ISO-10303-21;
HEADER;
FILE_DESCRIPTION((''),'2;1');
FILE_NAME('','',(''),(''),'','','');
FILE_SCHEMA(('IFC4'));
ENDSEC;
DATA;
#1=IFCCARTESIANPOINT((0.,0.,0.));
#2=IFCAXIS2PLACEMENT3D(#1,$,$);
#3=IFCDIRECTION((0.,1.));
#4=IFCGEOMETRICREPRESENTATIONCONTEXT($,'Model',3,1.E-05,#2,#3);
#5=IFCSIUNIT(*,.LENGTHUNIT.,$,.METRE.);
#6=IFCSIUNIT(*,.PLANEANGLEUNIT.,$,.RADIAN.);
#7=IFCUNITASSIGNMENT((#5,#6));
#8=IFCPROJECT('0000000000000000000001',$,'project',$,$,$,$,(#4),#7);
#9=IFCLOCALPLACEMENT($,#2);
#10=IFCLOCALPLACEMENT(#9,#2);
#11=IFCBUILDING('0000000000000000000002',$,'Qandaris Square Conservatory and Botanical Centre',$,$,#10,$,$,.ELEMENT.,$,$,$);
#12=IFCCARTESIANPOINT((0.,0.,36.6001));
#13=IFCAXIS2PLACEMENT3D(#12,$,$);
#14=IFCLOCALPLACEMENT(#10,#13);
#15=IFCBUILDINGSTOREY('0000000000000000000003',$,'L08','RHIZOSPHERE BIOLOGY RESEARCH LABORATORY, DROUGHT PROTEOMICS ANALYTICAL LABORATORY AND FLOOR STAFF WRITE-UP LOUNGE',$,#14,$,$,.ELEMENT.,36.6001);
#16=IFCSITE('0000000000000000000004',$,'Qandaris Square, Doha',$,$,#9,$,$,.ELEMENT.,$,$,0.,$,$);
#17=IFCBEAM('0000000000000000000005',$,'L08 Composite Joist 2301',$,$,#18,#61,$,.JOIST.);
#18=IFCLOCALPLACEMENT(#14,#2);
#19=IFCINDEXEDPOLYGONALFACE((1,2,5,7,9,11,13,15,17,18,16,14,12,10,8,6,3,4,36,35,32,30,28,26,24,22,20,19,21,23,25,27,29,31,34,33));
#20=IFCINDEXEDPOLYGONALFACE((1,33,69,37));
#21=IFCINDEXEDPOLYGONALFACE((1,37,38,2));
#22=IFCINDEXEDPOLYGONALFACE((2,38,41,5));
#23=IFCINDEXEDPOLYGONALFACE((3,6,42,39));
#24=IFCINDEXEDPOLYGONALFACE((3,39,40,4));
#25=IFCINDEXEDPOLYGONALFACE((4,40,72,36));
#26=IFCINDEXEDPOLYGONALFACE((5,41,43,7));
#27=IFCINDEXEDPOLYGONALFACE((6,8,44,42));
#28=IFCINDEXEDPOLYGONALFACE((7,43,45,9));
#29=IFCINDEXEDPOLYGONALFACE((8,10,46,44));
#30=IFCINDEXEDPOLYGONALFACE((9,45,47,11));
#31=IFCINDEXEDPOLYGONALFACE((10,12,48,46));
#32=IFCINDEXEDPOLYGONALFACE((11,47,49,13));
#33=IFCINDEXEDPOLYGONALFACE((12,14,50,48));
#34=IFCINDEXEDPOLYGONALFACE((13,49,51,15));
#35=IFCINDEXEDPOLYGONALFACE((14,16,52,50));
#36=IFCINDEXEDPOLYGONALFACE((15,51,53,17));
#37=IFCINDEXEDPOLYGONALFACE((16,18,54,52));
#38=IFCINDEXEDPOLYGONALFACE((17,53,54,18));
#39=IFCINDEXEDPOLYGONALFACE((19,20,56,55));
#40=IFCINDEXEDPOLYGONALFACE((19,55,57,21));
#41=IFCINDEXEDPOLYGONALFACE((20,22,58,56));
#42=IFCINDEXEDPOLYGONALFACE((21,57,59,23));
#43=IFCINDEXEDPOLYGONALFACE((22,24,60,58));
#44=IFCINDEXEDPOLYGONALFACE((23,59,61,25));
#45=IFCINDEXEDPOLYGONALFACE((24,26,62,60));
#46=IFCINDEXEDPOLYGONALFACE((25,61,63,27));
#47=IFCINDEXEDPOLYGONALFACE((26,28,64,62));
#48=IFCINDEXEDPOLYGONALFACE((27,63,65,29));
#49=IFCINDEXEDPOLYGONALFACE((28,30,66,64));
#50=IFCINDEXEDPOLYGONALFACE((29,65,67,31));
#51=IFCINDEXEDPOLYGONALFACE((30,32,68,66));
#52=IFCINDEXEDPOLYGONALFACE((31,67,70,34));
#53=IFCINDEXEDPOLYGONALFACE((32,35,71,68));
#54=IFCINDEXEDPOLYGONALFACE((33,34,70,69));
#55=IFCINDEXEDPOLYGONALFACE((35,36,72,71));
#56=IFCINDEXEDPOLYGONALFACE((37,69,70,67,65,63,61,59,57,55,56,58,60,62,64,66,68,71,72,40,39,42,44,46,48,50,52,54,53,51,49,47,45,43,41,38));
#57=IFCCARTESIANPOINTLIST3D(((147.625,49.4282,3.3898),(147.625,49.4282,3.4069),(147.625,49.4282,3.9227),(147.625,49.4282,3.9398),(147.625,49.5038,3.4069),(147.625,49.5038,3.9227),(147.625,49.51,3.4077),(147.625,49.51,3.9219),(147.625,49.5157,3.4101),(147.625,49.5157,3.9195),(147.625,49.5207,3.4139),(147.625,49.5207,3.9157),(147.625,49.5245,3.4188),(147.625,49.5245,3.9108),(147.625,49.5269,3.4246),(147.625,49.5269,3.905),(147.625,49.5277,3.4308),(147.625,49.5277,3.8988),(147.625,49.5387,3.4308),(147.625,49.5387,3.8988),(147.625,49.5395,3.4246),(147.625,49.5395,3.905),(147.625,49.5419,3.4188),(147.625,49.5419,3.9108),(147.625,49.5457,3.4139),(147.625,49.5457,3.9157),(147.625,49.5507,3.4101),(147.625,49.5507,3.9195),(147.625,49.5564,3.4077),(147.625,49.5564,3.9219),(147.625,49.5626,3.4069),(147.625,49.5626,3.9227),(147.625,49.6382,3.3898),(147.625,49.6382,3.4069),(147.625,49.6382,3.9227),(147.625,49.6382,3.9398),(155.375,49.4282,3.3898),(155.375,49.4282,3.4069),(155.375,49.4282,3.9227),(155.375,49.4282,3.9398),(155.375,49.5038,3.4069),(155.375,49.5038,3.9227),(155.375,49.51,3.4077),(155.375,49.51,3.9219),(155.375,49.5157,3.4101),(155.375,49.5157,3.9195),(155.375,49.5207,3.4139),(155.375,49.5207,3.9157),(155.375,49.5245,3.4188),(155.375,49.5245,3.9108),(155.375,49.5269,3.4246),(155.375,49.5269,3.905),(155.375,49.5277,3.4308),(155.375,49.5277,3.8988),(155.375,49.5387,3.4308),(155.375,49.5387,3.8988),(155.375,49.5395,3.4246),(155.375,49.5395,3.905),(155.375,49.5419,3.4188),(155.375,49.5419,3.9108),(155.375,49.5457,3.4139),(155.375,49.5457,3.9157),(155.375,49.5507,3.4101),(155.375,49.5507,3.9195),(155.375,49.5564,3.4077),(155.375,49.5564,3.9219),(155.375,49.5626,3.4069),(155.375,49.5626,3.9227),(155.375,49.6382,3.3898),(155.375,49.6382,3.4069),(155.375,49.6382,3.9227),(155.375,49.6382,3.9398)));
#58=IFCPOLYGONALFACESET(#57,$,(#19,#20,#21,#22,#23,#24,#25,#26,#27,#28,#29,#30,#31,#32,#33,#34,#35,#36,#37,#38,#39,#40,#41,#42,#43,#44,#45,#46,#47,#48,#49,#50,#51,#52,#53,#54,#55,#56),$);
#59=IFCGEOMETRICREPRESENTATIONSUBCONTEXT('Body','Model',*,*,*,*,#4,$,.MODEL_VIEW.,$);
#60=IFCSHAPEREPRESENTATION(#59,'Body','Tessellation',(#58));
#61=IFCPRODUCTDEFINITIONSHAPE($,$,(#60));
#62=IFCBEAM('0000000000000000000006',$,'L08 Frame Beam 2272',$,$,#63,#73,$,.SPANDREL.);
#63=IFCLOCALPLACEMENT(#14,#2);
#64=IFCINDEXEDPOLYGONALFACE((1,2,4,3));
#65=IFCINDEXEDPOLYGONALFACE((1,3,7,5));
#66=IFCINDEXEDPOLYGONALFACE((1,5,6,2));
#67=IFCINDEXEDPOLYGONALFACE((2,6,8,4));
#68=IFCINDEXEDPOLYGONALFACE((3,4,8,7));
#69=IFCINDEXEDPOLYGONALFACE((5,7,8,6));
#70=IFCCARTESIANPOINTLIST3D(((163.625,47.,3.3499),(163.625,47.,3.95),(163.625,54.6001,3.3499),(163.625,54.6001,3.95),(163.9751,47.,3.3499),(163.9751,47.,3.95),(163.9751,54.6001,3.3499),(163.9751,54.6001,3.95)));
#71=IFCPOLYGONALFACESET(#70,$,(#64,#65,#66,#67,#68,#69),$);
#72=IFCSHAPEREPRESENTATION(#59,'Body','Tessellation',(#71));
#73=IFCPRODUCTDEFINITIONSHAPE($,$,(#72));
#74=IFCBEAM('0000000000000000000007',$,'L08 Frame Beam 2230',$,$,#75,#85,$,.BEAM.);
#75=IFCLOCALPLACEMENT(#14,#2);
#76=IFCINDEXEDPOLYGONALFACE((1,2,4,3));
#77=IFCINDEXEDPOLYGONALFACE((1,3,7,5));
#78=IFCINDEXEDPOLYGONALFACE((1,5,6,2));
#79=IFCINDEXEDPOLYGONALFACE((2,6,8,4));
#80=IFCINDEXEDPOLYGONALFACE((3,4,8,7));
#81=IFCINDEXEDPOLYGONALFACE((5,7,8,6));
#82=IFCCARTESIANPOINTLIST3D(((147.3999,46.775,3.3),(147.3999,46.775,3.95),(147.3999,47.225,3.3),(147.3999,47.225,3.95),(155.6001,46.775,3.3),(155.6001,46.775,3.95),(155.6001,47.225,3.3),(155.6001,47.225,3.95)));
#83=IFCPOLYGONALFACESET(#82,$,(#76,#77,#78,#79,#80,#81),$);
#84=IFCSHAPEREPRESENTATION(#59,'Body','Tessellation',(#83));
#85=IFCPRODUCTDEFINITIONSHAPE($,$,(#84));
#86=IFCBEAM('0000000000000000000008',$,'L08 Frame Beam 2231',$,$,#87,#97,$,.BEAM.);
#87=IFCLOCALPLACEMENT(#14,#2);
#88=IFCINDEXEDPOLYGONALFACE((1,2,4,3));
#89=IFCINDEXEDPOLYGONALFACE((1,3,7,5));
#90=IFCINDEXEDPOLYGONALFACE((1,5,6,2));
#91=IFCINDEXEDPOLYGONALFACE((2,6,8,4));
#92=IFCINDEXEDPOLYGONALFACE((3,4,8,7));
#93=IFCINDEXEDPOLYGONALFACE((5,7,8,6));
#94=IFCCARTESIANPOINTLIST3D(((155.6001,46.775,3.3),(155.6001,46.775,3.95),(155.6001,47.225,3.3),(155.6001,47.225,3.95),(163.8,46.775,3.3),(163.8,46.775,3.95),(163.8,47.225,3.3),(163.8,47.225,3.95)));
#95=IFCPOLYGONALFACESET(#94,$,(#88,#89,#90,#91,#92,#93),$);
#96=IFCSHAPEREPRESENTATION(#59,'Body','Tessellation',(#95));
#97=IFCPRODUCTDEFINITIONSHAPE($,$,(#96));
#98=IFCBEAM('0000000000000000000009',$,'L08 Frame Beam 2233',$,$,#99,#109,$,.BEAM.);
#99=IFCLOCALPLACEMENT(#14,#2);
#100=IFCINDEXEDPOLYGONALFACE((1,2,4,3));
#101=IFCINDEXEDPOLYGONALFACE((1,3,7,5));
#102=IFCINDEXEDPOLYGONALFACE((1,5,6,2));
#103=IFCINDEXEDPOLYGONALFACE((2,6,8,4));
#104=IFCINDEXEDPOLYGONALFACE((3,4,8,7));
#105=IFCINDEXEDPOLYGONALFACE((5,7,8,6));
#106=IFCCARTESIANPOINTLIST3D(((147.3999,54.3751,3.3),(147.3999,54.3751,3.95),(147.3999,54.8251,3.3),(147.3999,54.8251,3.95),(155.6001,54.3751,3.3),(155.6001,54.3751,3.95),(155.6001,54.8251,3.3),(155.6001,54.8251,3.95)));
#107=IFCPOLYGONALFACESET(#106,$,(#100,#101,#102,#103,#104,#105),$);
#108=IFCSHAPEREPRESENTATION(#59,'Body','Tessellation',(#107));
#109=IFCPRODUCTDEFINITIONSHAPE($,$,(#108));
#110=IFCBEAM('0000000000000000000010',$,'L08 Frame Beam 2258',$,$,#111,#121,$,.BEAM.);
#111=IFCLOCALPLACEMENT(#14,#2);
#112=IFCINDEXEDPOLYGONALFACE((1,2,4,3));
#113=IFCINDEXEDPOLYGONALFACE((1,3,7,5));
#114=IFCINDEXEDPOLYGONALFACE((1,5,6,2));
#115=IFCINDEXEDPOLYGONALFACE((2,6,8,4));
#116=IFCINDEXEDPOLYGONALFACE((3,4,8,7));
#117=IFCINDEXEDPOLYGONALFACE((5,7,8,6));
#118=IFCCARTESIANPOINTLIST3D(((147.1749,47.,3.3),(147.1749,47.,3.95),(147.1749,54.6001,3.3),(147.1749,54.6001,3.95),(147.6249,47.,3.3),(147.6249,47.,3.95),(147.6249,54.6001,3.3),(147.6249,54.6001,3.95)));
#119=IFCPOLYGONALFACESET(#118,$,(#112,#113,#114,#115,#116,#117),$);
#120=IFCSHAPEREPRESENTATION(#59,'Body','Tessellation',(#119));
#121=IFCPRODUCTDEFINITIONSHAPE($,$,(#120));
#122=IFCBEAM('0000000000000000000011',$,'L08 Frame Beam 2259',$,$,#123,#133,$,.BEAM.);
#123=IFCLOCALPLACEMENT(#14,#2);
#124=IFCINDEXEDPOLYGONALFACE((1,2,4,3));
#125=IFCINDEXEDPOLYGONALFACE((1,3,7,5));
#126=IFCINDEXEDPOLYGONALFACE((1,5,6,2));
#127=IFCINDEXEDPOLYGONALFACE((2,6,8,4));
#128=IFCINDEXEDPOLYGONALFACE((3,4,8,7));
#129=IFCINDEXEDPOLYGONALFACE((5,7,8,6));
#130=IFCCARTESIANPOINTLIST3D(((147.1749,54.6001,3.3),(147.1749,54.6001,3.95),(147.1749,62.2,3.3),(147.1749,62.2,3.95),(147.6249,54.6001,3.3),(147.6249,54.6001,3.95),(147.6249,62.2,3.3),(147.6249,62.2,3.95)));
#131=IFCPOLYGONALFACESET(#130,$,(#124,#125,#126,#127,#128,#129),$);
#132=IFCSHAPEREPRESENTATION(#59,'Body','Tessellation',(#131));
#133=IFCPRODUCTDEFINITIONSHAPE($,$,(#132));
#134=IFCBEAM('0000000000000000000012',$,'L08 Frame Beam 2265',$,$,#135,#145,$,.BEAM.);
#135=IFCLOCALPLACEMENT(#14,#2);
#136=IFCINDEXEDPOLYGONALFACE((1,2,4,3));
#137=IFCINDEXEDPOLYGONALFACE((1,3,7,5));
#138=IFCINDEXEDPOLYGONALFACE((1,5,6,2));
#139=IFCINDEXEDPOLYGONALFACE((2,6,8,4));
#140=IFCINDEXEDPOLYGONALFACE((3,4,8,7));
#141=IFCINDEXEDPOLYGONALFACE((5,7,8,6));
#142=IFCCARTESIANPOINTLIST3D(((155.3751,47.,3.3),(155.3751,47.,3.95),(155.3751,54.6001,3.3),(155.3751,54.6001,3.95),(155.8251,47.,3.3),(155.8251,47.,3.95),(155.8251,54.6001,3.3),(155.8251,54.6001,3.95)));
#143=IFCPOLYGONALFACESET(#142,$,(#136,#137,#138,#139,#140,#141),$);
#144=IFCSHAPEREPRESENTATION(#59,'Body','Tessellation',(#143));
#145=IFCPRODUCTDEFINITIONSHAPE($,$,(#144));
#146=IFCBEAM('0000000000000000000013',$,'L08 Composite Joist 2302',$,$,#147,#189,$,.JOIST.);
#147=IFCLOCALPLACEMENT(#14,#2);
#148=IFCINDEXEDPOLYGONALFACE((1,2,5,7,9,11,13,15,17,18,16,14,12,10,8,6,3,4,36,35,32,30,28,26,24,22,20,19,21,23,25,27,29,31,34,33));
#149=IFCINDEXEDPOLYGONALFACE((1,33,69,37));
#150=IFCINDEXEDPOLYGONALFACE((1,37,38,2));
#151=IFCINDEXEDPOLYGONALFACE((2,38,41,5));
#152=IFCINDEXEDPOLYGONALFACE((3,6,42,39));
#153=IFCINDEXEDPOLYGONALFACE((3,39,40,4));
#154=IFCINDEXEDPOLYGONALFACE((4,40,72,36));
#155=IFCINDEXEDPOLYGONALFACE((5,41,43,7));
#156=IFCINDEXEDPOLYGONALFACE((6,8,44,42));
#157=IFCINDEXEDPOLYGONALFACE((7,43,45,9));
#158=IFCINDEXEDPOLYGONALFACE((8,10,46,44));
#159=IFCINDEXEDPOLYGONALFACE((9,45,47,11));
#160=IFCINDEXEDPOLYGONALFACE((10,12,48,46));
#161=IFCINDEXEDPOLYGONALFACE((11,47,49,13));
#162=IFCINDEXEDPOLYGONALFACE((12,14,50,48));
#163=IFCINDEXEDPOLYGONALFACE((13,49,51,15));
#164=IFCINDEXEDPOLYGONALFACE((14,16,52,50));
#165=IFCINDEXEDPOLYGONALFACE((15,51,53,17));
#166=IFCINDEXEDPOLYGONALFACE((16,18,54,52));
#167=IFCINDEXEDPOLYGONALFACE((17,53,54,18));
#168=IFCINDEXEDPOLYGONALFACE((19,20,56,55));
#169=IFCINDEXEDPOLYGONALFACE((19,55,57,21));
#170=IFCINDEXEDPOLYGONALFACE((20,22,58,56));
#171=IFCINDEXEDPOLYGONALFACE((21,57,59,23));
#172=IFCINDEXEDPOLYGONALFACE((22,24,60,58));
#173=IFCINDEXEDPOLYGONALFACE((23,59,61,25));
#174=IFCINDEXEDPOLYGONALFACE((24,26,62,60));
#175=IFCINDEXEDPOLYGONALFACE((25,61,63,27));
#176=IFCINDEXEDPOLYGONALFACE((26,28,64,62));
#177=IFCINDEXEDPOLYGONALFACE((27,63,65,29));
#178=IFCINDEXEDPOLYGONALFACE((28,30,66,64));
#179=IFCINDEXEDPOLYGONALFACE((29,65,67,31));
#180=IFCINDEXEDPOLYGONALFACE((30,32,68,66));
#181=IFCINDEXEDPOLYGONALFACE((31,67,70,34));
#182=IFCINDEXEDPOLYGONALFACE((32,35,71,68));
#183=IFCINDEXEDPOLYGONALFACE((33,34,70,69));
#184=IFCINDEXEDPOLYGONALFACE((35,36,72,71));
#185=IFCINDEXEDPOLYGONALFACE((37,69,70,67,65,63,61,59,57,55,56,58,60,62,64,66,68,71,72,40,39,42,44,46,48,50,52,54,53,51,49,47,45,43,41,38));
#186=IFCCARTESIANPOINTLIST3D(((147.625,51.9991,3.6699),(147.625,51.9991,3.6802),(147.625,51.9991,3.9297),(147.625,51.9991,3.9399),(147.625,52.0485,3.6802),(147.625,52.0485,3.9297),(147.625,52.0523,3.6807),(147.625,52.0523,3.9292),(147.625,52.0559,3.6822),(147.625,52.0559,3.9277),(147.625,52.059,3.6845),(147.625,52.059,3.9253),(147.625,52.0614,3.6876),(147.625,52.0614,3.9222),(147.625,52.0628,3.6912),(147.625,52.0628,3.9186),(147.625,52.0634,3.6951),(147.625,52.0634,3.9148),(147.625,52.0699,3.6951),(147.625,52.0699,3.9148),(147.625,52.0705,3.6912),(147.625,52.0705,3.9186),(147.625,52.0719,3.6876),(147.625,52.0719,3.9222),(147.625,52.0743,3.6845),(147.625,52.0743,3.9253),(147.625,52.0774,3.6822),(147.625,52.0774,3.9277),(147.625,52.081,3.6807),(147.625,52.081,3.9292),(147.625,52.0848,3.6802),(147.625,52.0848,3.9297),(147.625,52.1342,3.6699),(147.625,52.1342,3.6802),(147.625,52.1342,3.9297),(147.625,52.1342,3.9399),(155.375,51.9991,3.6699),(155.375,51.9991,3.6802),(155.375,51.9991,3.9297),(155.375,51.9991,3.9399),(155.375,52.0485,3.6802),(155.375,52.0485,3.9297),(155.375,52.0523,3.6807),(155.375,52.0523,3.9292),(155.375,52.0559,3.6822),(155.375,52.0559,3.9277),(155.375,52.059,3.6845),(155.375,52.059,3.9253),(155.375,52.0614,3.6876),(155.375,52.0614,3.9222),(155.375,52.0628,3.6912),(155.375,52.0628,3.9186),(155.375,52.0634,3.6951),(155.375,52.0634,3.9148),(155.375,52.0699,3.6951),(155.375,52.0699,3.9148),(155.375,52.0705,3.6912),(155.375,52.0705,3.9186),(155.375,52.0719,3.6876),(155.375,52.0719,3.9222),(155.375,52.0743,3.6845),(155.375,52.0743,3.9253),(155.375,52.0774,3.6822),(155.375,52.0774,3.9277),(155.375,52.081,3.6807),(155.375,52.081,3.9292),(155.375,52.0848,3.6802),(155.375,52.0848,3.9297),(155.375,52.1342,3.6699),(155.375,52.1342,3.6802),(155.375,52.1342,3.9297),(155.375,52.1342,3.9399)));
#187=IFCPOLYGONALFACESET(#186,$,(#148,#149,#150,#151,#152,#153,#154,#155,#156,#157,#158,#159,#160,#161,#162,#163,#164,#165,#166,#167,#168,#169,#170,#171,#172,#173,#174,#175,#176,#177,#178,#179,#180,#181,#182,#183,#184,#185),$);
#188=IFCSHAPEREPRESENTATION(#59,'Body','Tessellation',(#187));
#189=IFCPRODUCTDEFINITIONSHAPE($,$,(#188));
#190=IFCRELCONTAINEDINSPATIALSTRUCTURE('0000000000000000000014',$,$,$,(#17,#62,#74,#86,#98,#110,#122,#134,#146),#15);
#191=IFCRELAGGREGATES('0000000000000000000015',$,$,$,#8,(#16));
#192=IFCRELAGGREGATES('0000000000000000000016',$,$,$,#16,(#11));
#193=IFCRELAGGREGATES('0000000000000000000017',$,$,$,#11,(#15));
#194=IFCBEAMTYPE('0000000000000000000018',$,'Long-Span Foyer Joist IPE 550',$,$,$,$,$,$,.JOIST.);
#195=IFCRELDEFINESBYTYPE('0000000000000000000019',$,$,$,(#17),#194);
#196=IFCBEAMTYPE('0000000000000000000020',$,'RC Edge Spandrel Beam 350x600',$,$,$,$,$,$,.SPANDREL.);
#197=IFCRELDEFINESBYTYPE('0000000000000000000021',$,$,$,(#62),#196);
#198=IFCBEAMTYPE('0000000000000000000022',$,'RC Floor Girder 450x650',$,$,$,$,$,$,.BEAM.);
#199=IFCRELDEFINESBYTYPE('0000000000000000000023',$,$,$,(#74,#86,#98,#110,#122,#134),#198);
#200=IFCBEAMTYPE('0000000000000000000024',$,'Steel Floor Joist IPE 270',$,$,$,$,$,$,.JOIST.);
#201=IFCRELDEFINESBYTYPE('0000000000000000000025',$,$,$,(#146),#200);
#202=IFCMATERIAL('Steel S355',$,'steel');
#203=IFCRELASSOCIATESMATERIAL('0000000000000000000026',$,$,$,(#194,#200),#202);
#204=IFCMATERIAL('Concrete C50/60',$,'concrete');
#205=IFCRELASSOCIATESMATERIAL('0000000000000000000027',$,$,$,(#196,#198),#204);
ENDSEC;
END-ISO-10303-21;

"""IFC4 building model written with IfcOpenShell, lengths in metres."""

from ifc_helpers import new_model, si_unit, direction, frame, origin, origin_2d, place, context, subcontext, project, spatial, rectangle, i_section, extrude, material, material_profile, profile_set, type_object, element, save


model = new_model("IFC4")

# Units and contexts
model_context = context("Model", 3, precision=1e-05, world=origin(), true_north=direction((0.0, 1.0)))
body_context = subcontext(model_context, "Body", "Model", "MODEL_VIEW")
ifc_project = project(units=[si_unit("LENGTHUNIT", "METRE"), si_unit("PLANEANGLEUNIT", "RADIAN")], contexts=[model_context])

# Site, building, storey
site_placement = place(None, origin())
site = spatial("IfcSite", under=ifc_project, at=site_placement, Name="Qandaris Square, Doha", CompositionType="ELEMENT", RefElevation=0.0)
building_placement = place(site_placement, origin())
building = spatial("IfcBuilding", under=site, at=building_placement, Name="Qandaris Square Conservatory and Botanical Centre", CompositionType="ELEMENT")
storey_placement = place(building_placement, frame((0.0, 0.0, 36.6001)))
storey = spatial("IfcBuildingStorey", under=building, at=storey_placement, Name="L08", Description="RHIZOSPHERE BIOLOGY RESEARCH LABORATORY, DROUGHT PROTEOMICS ANALYTICAL LABORATORY AND FLOOR STAFF WRITE-UP LOUNGE", CompositionType="ELEMENT", Elevation=36.6001)

# Shared definitions
ifc_material_1 = material(Name="Concrete C50/60", Category="concrete")

# Shared definitions
ifc_material_2 = material(Name="Steel S355", Category="steel")

# Beams
ifc_material_profile_1 = material_profile(ifc_material_2, i_section(OverallWidth=0.21, OverallDepth=0.55, WebThickness=0.011, FlangeThickness=0.0171, FilletRadius=0.0239, at=origin_2d()), Name="IPE 550")
ifc_profile_set_1 = profile_set([ifc_material_profile_1], Name="Steel S355")
beam_type_1 = type_object("IfcBeamType", Name="Long-Span Foyer Joist IPE 550", PredefinedType="JOIST", material=ifc_profile_set_1)
for number, where, z_axis, x_axis, name in (
    (1, (147.625, 49.5332, 3.6648), (1.0, 0.0, 0.0), (0.0, 1.0, 0.0), "L08 Composite Joist 2301"),
):
    element("IfcBeam", number, at=place(storey_placement, frame(where, z_axis=z_axis, x_axis=x_axis)), inside=storey, type_object=beam_type_1, Name=name, PredefinedType="JOIST", context=body_context, shape_type="SweptSolid", body=[
        extrude(i_section(OverallWidth=0.21, OverallDepth=0.55, WebThickness=0.011, FlangeThickness=0.0171, FilletRadius=0.0239, at=origin_2d()), origin(), (0.0, 0.0, 1.0), 7.75),
    ])
ifc_material_profile_2 = material_profile(ifc_material_1, rectangle(XDim=0.3501, YDim=0.6001, at=origin_2d()), Name="RC-SP 350x600")
ifc_profile_set_2 = profile_set([ifc_material_profile_2], Name="Concrete C50/60")
beam_type_2 = type_object("IfcBeamType", Name="RC Edge Spandrel Beam 350x600", PredefinedType="SPANDREL", material=ifc_profile_set_2)
beam_1_placement = place(storey_placement, frame((163.8, 47.0, 3.6499), z_axis=(0.0, 1.0, 0.0), x_axis=(-1.0, 0.0, 0.0)))
element("IfcBeam", 2, at=beam_1_placement, inside=storey, type_object=beam_type_2, Name="L08 Frame Beam 2272", PredefinedType="SPANDREL", context=body_context, shape_type="SweptSolid", body=[
    extrude(rectangle(XDim=0.3501, YDim=0.6001, at=origin_2d()), origin(), (0.0, 0.0, 1.0), 7.6001),
])
ifc_material_profile_3 = material_profile(ifc_material_1, rectangle(XDim=0.45, YDim=0.6499, at=origin_2d()), Name="RC-BM 450x650")
ifc_profile_set_3 = profile_set([ifc_material_profile_3], Name="Concrete C50/60")
beam_type_3 = type_object("IfcBeamType", Name="RC Floor Girder 450x650", PredefinedType="BEAM", material=ifc_profile_set_3)
beam_2_placement = place(storey_placement, frame((147.3999, 47.0, 3.625), z_axis=(1.0, 0.0, 0.0), x_axis=(0.0, 1.0, 0.0)))
element("IfcBeam", 3, at=beam_2_placement, inside=storey, type_object=beam_type_3, Name="L08 Frame Beam 2230", PredefinedType="BEAM", context=body_context, shape_type="SweptSolid", body=[
    extrude(rectangle(XDim=0.45, YDim=0.6499, at=origin_2d()), origin(), (0.0, 0.0, 1.0), 8.2002),
])
beam_3_placement = place(storey_placement, frame((155.6001, 47.0, 3.625), z_axis=(1.0, 0.0, 0.0), x_axis=(0.0, 1.0, 0.0)))
element("IfcBeam", 4, at=beam_3_placement, inside=storey, type_object=beam_type_3, Name="L08 Frame Beam 2231", PredefinedType="BEAM", context=body_context, shape_type="SweptSolid", body=[
    extrude(rectangle(XDim=0.45, YDim=0.6499, at=origin_2d()), origin(), (0.0, 0.0, 1.0), 8.2),
])
beam_4_placement = place(storey_placement, frame((147.3999, 54.6001, 3.625), z_axis=(1.0, 0.0, 0.0), x_axis=(0.0, 1.0, 0.0)))
element("IfcBeam", 5, at=beam_4_placement, inside=storey, type_object=beam_type_3, Name="L08 Frame Beam 2233", PredefinedType="BEAM", context=body_context, shape_type="SweptSolid", body=[
    extrude(rectangle(XDim=0.45, YDim=0.6499, at=origin_2d()), origin(), (0.0, 0.0, 1.0), 8.2002),
])
beam_5_placement = place(storey_placement, frame((147.3999, 47.0, 3.625), z_axis=(0.0, 1.0, 0.0), x_axis=(-1.0, 0.0, 0.0)))
element("IfcBeam", 6, at=beam_5_placement, inside=storey, type_object=beam_type_3, Name="L08 Frame Beam 2258", PredefinedType="BEAM", context=body_context, shape_type="SweptSolid", body=[
    extrude(rectangle(XDim=0.45, YDim=0.6499, at=origin_2d()), origin(), (0.0, 0.0, 1.0), 7.6001),
])
beam_6_placement = place(storey_placement, frame((147.3999, 54.6001, 3.625), z_axis=(0.0, 1.0, 0.0), x_axis=(-1.0, 0.0, 0.0)))
element("IfcBeam", 7, at=beam_6_placement, inside=storey, type_object=beam_type_3, Name="L08 Frame Beam 2259", PredefinedType="BEAM", context=body_context, shape_type="SweptSolid", body=[
    extrude(rectangle(XDim=0.45, YDim=0.6499, at=origin_2d()), origin(), (0.0, 0.0, 1.0), 7.5999),
])
beam_7_placement = place(storey_placement, frame((155.6001, 47.0, 3.625), z_axis=(0.0, 1.0, 0.0), x_axis=(-1.0, 0.0, 0.0)))
element("IfcBeam", 8, at=beam_7_placement, inside=storey, type_object=beam_type_3, Name="L08 Frame Beam 2265", PredefinedType="BEAM", context=body_context, shape_type="SweptSolid", body=[
    extrude(rectangle(XDim=0.45, YDim=0.6499, at=origin_2d()), origin(), (0.0, 0.0, 1.0), 7.6001),
])
ifc_material_profile_4 = material_profile(ifc_material_2, i_section(OverallWidth=0.135, OverallDepth=0.27, WebThickness=0.0066, FlangeThickness=0.0103, FilletRadius=0.0149, at=origin_2d()), Name="IPE 270")
ifc_profile_set_4 = profile_set([ifc_material_profile_4], Name="Steel S355")
beam_type_4 = type_object("IfcBeamType", Name="Steel Floor Joist IPE 270", PredefinedType="JOIST", material=ifc_profile_set_4)
beam_8_placement = place(storey_placement, frame((147.625, 52.0667, 3.8049), z_axis=(1.0, 0.0, 0.0), x_axis=(0.0, 1.0, 0.0)))
element("IfcBeam", 9, at=beam_8_placement, inside=storey, type_object=beam_type_4, Name="L08 Composite Joist 2302", PredefinedType="JOIST", context=body_context, shape_type="SweptSolid", body=[
    extrude(i_section(OverallWidth=0.135, OverallDepth=0.27, WebThickness=0.0066, FlangeThickness=0.0103, FilletRadius=0.0149, at=origin_2d()), origin(), (0.0, 0.0, 1.0), 7.75),
])

save(model, "model.ifc")
